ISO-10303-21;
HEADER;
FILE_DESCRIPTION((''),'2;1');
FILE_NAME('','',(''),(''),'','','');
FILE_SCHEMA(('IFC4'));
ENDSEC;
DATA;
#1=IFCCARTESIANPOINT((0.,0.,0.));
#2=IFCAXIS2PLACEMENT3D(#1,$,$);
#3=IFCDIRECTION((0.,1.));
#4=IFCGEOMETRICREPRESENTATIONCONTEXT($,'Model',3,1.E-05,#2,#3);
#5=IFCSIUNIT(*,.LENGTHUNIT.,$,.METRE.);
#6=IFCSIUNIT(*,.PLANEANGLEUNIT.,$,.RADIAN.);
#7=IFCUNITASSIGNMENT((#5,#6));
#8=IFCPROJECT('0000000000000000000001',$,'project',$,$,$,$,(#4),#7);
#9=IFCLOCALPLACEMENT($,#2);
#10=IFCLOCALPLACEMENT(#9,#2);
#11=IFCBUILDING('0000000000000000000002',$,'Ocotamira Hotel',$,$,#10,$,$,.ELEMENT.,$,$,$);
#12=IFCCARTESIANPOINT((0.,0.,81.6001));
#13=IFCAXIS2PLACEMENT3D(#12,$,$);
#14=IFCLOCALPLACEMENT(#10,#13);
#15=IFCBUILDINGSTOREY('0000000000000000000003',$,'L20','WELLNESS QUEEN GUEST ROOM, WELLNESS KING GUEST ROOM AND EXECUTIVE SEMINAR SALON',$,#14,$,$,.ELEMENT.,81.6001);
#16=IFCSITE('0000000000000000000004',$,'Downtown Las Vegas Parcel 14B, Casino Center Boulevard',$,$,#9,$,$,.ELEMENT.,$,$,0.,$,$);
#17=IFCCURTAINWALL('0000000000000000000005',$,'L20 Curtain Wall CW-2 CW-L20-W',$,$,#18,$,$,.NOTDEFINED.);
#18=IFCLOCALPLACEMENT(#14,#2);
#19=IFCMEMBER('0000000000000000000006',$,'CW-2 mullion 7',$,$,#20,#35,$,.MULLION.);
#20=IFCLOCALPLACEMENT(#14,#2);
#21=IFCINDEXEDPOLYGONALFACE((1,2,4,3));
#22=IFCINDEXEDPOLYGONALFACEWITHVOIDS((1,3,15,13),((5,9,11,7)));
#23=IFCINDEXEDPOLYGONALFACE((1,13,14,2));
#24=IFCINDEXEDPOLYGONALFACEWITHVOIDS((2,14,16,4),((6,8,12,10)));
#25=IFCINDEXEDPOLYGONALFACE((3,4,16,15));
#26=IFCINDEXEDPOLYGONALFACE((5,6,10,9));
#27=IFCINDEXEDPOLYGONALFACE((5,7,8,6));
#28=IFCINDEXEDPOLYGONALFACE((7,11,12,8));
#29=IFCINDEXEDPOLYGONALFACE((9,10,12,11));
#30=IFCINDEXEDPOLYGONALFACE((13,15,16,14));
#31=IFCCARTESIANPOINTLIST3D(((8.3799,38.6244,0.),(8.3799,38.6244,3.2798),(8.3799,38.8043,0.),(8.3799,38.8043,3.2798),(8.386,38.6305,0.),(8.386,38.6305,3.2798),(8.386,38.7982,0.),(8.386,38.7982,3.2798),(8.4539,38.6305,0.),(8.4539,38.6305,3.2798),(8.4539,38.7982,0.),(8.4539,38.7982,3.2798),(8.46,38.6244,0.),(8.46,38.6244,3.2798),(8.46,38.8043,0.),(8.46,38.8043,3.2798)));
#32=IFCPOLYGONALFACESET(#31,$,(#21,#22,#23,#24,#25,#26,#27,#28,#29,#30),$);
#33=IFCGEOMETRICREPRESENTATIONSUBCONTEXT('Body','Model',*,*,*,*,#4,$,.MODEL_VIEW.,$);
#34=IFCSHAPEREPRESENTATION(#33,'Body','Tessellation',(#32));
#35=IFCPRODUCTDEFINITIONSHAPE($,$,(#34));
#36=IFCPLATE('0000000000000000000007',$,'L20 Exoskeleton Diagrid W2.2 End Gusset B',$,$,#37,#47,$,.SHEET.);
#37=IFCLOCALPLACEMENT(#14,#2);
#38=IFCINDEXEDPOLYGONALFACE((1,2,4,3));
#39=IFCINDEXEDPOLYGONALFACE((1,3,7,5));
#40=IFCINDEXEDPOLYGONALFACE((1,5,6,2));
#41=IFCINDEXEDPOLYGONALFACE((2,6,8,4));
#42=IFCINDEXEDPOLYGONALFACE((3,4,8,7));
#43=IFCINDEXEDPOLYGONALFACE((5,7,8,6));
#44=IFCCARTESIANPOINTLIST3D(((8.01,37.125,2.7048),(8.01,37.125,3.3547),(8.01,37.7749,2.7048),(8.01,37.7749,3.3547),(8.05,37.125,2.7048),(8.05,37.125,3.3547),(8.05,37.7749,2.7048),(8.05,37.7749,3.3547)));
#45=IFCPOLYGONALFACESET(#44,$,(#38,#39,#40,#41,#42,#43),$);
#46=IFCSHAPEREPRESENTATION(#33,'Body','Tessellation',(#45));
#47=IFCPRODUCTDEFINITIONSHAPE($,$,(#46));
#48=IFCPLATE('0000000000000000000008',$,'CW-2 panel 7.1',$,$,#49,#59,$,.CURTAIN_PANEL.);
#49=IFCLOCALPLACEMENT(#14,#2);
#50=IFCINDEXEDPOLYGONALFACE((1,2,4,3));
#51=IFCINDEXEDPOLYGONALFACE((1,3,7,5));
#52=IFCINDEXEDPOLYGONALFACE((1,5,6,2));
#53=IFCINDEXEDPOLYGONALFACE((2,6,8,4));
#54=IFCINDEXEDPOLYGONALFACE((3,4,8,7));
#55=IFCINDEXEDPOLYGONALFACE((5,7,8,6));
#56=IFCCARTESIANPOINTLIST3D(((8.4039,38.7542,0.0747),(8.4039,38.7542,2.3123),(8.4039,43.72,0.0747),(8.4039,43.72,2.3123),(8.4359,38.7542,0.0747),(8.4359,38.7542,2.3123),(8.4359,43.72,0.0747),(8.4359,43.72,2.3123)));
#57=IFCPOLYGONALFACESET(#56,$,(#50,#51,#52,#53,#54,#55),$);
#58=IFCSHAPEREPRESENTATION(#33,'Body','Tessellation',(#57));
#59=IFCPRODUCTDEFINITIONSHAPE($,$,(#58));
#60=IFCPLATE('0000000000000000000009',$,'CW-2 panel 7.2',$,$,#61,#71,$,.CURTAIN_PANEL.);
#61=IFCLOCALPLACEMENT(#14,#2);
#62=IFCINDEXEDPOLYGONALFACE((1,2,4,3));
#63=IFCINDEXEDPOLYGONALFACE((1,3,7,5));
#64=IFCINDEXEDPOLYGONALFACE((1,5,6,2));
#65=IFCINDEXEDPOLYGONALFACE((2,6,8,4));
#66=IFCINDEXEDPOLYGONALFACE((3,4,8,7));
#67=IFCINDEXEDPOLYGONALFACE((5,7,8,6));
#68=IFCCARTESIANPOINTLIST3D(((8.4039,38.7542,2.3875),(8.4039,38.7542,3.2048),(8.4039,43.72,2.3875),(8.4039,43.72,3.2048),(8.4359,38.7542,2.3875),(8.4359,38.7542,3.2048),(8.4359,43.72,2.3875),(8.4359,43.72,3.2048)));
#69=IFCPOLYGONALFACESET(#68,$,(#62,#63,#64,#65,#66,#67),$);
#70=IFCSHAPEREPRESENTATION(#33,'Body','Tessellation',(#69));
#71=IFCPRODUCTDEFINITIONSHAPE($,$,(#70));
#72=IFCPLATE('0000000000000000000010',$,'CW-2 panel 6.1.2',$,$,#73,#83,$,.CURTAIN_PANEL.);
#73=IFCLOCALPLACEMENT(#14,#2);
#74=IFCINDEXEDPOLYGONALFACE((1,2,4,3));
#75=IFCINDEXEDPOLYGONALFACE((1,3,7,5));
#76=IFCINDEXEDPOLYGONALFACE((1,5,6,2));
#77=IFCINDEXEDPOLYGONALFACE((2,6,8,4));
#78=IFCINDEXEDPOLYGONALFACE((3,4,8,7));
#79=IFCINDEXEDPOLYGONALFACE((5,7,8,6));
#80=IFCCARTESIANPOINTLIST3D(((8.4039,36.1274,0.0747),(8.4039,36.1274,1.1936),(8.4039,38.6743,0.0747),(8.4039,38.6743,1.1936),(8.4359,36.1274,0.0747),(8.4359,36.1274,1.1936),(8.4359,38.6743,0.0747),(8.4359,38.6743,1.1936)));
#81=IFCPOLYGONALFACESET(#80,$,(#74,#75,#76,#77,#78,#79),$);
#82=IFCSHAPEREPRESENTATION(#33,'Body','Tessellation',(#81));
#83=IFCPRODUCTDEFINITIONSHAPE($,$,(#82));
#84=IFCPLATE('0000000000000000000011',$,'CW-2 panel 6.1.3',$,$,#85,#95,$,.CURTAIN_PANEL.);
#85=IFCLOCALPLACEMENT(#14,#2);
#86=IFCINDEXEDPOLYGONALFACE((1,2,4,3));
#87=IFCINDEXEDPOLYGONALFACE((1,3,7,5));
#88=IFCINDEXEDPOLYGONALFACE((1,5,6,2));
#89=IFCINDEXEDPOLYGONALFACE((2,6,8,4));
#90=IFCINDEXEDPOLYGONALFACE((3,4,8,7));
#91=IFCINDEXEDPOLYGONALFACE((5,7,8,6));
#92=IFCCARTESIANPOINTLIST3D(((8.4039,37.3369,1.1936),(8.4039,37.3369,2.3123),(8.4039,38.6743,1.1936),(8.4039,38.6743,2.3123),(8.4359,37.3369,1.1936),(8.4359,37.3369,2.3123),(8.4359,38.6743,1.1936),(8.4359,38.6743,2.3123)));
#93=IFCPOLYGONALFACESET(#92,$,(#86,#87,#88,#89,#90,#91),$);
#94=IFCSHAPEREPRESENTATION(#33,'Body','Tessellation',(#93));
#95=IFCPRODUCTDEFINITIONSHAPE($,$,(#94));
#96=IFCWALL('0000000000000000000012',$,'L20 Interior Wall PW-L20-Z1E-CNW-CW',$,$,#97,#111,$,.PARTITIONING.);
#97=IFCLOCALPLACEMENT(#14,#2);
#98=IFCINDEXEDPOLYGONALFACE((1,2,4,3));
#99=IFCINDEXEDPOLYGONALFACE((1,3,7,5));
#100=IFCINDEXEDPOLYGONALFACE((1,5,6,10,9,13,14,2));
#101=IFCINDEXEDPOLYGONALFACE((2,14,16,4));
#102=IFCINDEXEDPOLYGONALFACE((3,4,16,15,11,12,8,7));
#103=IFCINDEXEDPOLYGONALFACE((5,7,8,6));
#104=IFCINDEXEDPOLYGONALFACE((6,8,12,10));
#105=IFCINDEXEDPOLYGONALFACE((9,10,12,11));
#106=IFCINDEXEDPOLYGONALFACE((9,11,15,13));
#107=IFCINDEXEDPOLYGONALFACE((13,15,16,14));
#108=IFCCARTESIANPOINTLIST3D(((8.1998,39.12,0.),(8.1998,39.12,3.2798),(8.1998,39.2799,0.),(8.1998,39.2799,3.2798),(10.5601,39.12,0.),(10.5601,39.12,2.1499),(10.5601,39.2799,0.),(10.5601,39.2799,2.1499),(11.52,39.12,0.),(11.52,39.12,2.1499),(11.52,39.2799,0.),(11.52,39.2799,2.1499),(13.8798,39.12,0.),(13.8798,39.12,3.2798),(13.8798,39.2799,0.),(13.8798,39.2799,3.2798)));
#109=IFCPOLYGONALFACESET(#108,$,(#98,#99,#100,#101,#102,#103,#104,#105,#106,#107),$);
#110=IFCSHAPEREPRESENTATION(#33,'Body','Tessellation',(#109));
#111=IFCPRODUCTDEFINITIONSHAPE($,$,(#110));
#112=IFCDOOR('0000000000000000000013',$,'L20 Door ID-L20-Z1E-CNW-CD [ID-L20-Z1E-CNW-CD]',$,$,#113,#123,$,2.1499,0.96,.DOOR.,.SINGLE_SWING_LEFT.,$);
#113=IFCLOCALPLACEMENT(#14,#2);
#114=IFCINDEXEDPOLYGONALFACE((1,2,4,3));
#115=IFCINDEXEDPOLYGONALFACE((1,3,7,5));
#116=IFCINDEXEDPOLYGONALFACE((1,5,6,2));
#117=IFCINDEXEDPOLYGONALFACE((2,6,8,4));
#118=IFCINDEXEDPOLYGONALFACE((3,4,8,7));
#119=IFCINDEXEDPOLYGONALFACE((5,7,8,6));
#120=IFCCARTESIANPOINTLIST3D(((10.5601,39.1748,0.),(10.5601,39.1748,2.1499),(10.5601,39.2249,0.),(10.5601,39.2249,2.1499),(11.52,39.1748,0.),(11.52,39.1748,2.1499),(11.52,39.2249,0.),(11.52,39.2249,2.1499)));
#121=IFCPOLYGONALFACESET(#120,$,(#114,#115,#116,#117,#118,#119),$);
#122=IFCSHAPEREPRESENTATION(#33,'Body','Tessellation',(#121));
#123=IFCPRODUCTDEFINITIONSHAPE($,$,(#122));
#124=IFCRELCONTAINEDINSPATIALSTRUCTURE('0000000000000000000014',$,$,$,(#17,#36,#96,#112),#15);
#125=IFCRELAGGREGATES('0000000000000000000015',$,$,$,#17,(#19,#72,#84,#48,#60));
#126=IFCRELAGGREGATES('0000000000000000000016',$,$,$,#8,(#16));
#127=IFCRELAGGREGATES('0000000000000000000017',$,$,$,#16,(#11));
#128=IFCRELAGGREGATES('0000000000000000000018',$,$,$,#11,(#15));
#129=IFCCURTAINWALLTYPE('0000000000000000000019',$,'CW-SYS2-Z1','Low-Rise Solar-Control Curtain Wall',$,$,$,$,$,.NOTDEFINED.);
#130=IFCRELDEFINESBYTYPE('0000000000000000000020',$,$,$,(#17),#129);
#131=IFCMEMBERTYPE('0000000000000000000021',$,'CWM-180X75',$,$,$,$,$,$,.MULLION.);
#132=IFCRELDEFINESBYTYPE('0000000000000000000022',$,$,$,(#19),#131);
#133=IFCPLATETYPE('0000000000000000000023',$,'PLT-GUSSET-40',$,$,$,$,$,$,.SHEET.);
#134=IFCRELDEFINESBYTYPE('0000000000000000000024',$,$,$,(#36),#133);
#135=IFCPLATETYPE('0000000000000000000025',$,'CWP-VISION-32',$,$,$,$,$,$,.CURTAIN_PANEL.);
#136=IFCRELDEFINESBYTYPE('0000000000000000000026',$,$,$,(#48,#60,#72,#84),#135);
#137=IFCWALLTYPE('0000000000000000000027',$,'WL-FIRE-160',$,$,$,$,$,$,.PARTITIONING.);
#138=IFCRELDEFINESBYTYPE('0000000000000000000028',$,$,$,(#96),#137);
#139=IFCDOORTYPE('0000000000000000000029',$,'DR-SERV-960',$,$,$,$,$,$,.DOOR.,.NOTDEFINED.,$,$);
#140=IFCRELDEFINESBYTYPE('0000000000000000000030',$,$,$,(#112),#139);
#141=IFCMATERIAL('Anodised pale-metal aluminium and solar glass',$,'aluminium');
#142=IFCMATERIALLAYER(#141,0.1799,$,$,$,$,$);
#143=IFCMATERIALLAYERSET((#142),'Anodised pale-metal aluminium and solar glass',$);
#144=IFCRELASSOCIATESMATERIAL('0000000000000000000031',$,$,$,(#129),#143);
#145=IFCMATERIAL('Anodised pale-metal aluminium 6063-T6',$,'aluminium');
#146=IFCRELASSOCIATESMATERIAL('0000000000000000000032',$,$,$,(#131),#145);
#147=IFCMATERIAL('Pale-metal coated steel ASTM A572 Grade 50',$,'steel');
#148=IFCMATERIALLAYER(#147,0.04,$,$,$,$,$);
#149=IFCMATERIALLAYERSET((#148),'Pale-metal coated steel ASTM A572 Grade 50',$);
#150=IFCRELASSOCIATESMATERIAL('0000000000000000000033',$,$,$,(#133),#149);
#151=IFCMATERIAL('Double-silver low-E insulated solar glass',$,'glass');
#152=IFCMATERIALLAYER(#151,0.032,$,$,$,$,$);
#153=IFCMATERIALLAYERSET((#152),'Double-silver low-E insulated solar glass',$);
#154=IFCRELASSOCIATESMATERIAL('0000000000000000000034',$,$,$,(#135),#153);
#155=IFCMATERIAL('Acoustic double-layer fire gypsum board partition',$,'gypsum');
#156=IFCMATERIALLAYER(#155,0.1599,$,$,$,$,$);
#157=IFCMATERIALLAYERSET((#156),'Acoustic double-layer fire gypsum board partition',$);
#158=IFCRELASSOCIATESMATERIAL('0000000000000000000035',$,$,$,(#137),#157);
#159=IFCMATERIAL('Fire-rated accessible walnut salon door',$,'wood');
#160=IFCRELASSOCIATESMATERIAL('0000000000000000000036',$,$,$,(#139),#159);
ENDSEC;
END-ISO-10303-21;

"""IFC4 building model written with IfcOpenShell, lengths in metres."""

from ifc_helpers import new_model, si_unit, direction, frame, frame_2d, origin, origin_2d, place, context, subcontext, project, spatial, rectangle, hollow_rectangle, extrude, source, transform, mapped, material, layer, layer_set, material_profile, profile_set, type_object, element, fill, aggregate, save


model = new_model("IFC4")

# Units and contexts
model_context = context("Model", 3, precision=1e-05, world=origin(), true_north=direction((0.0, 1.0)))
body_context = subcontext(model_context, "Body", "Model", "MODEL_VIEW")
ifc_project = project(units=[si_unit("LENGTHUNIT", "METRE"), si_unit("PLANEANGLEUNIT", "RADIAN")], contexts=[model_context])

# Site, building, storey
site_placement = place(None, origin())
site = spatial("IfcSite", under=ifc_project, at=site_placement, Name="Downtown Las Vegas Parcel 14B, Casino Center Boulevard", CompositionType="ELEMENT", RefElevation=0.0)
building_placement = place(site_placement, origin())
building = spatial("IfcBuilding", under=site, at=building_placement, Name="Ocotamira Hotel", CompositionType="ELEMENT")
storey_placement = place(building_placement, frame((0.0, 0.0, 81.6001)))
storey = spatial("IfcBuildingStorey", under=building, at=storey_placement, Name="L20", Description="WELLNESS QUEEN GUEST ROOM, WELLNESS KING GUEST ROOM AND EXECUTIVE SEMINAR SALON", CompositionType="ELEMENT", Elevation=81.6001)

# Curtain wall, member
ifc_material_1 = material(Name="Anodised pale-metal aluminium and solar glass", Category="aluminium")
ifc_layer_1 = layer(ifc_material_1, 0.1799)
ifc_layer_set_1 = layer_set([ifc_layer_1], Name="Anodised pale-metal aluminium and solar glass")
curtain_wall_type = type_object("IfcCurtainWallType", Name="CW-SYS2-Z1", Description="Low-Rise Solar-Control Curtain Wall", PredefinedType="NOTDEFINED", material=ifc_layer_set_1)
curtain_wall_placement = place(storey_placement, origin())
curtain_wall = element("IfcCurtainWall", 1, at=curtain_wall_placement, inside=storey, type_object=curtain_wall_type, Name="L20 Curtain Wall CW-2 CW-L20-W", PredefinedType="NOTDEFINED")
ifc_material_2 = material(Name="Anodised pale-metal aluminium 6063-T6", Category="aluminium")
ifc_material_profile_1 = material_profile(ifc_material_2, hollow_rectangle(XDim=0.0801, YDim=0.1799, WallThickness=0.0061, at=origin_2d()), Name="HSS180X80X6")
ifc_profile_set_1 = profile_set([ifc_material_profile_1], Name="Anodised pale-metal aluminium 6063-T6")
member_type_1 = type_object("IfcMemberType", Name="CWM-180X75", PredefinedType="MULLION", material=ifc_profile_set_1)
shared_shape_1 = source(origin(), body_context, "Body", "SweptSolid", [
    extrude(hollow_rectangle(XDim=0.0801, YDim=0.1799, WallThickness=0.0061, at=origin_2d()), origin(), (0.0, 0.0, 1.0), 3.2798),
])
member_1_placement = place(storey_placement, frame((8.4199, 38.7144, 0.0), z_axis=(0.0, 0.0, 1.0), x_axis=(-1.0, 0.0, 0.0)))
member_1 = element("IfcMember", 2, at=member_1_placement, type_object=member_type_1, Name="CW-2 mullion 7", PredefinedType="MULLION", context=body_context, shape_type="MappedRepresentation", body=[
    mapped(shared_shape_1, transform((0.0, 0.0, 0.0), scale=1.0)),
])

# Plates
ifc_material_3 = material(Name="Pale-metal coated steel ASTM A572 Grade 50", Category="steel")
ifc_layer_2 = layer(ifc_material_3, 0.04)
ifc_layer_set_2 = layer_set([ifc_layer_2], Name="Pale-metal coated steel ASTM A572 Grade 50")
plate_type_1 = type_object("IfcPlateType", Name="PLT-GUSSET-40", PredefinedType="SHEET", material=ifc_layer_set_2)
shared_shape_2 = source(origin(), body_context, "Body", "SweptSolid", [
    extrude(rectangle(XDim=0.04, YDim=0.6499, at=origin_2d()), origin(), (0.0, 0.0, 1.0), 0.6499),
])
plate_1_placement = place(storey_placement, frame((8.03, 37.45, 2.7048), z_axis=(0.0, 0.0, 1.0), x_axis=(1.0, 0.0, 0.0)))
element("IfcPlate", 3, at=plate_1_placement, inside=storey, type_object=plate_type_1, Name="L20 Exoskeleton Diagrid W2.2 End Gusset B", PredefinedType="SHEET", context=body_context, shape_type="MappedRepresentation", body=[
    mapped(shared_shape_2, transform((0.0, 0.0, 0.0), scale=1.0)),
])
ifc_material_4 = material(Name="Double-silver low-E insulated solar glass", Category="glass")
ifc_layer_3 = layer(ifc_material_4, 0.032)
ifc_layer_set_3 = layer_set([ifc_layer_3], Name="Double-silver low-E insulated solar glass")
plate_type_2 = type_object("IfcPlateType", Name="CWP-VISION-32", PredefinedType="CURTAIN_PANEL", material=ifc_layer_set_3)
shared_shape_3 = source(origin(), body_context, "Body", "SweptSolid", [
    extrude(rectangle(XDim=4.9658, YDim=0.032, at=origin_2d()), origin(), (0.0, 0.0, 1.0), 2.2375),
])
plate_2_placement = place(storey_placement, frame((8.4199, 41.2371, 0.0747), z_axis=(0.0, 0.0, 1.0), x_axis=(0.0, 1.0, 0.0)))
plate_2 = element("IfcPlate", 4, at=plate_2_placement, type_object=plate_type_2, Name="CW-2 panel 7.1", PredefinedType="CURTAIN_PANEL", context=body_context, shape_type="MappedRepresentation", body=[
    mapped(shared_shape_3, transform((0.0, 0.0, 0.0), scale=1.0)),
])
shared_shape_4 = source(origin(), body_context, "Body", "SweptSolid", [
    extrude(rectangle(XDim=4.9658, YDim=0.032, at=origin_2d()), origin(), (0.0, 0.0, 1.0), 0.8174),
])
plate_3_placement = place(storey_placement, frame((8.4199, 41.2371, 2.3875), z_axis=(0.0, 0.0, 1.0), x_axis=(0.0, 1.0, 0.0)))
plate_3 = element("IfcPlate", 5, at=plate_3_placement, type_object=plate_type_2, Name="CW-2 panel 7.2", PredefinedType="CURTAIN_PANEL", context=body_context, shape_type="MappedRepresentation", body=[
    mapped(shared_shape_4, transform((0.0, 0.0, 0.0), scale=1.0)),
])
shared_shape_5 = source(origin(), body_context, "Body", "SweptSolid", [
    extrude(rectangle(XDim=2.5469, YDim=0.032, at=origin_2d()), origin(), (0.0, 0.0, 1.0), 1.1189),
])
plate_4_placement = place(storey_placement, frame((8.4199, 37.4009, 0.0747), z_axis=(0.0, 0.0, 1.0), x_axis=(0.0, 1.0, 0.0)))
plate_4 = element("IfcPlate", 6, at=plate_4_placement, type_object=plate_type_2, Name="CW-2 panel 6.1.2", PredefinedType="CURTAIN_PANEL", context=body_context, shape_type="MappedRepresentation", body=[
    mapped(shared_shape_5, transform((0.0, 0.0, 0.0), scale=1.0)),
])
shared_shape_6 = source(origin(), body_context, "Body", "SweptSolid", [
    extrude(rectangle(XDim=1.3374, YDim=0.032, at=origin_2d()), origin(), (0.0, 0.0, 1.0), 1.1187),
])
plate_5_placement = place(storey_placement, frame((8.4199, 38.0056, 1.1936), z_axis=(0.0, 0.0, 1.0), x_axis=(0.0, 1.0, 0.0)))
plate_5 = element("IfcPlate", 7, at=plate_5_placement, type_object=plate_type_2, Name="CW-2 panel 6.1.3", PredefinedType="CURTAIN_PANEL", context=body_context, shape_type="MappedRepresentation", body=[
    mapped(shared_shape_6, transform((0.0, 0.0, 0.0), scale=1.0)),
])
aggregate(curtain_wall, [member_1, plate_4, plate_5, plate_2, plate_3])

# Wall, opening, door
ifc_material_5 = material(Name="Acoustic double-layer fire gypsum board partition", Category="gypsum")
ifc_layer_4 = layer(ifc_material_5, 0.1599)
ifc_layer_set_4 = layer_set([ifc_layer_4], Name="Acoustic double-layer fire gypsum board partition")
wall_type_1 = type_object("IfcWallType", Name="WL-FIRE-160", PredefinedType="PARTITIONING", material=ifc_layer_set_4)
wall_1_placement = place(storey_placement, frame((8.2, 39.2, 0.0), z_axis=(0.0, 0.0, 1.0), x_axis=(1.0, 0.0, 0.0)))
wall_1 = element("IfcWall", 8, at=wall_1_placement, inside=storey, type_object=wall_type_1, Name="L20 Interior Wall PW-L20-Z1E-CNW-CW", PredefinedType="PARTITIONING", context=body_context, shape_type="SweptSolid", body=[
    extrude(rectangle(XDim=5.6799, YDim=0.1599, at=frame_2d((2.8398, 0.0))), origin(), (0.0, 0.0, 1.0), 3.2798),
])
opening_1_placement = place(wall_1_placement, frame((2.3601, 0.0, 0.0)))
opening_1 = element("IfcOpeningElement", 9, at=opening_1_placement, cuts=wall_1, PredefinedType="OPENING", context=body_context, shape_type="SweptSolid", body=[
    extrude(rectangle(XDim=0.96, YDim=2.1499, at=frame_2d((0.48, 1.075))), frame((0.0, 0.0898, 0.0), z_axis=(0.0, -1.0, 0.0), x_axis=(1.0, 0.0, 0.0)), (0.0, 0.0, 1.0), 0.1799),
])
ifc_material_6 = material(Name="Fire-rated accessible walnut salon door", Category="wood")
door_type_1 = type_object("IfcDoorType", Name="DR-SERV-960", OperationType="NOTDEFINED", PredefinedType="DOOR", material=ifc_material_6)
shared_shape_7 = source(origin(), body_context, "Body", "SweptSolid", [
    extrude(rectangle(XDim=0.96, YDim=2.1499, at=frame_2d((0.48, 1.075))), frame((0.0, 0.0249, 0.0), z_axis=(0.0, -1.0, 0.0), x_axis=(1.0, 0.0, 0.0)), (0.0, 0.0, 1.0), 0.05),
])
door_1_placement = place(opening_1_placement, origin())
door_1 = element("IfcDoor", 10, at=door_1_placement, inside=storey, type_object=door_type_1, Name="L20 Door ID-L20-Z1E-CNW-CD [ID-L20-Z1E-CNW-CD]", OperationType="SINGLE_SWING_LEFT", OverallHeight=2.1499, OverallWidth=0.96, PredefinedType="DOOR", context=body_context, shape_type="MappedRepresentation", body=[
    mapped(shared_shape_7, transform((0.0, 0.0, 0.0), scale=1.0)),
])
fill(opening_1, door_1)

save(model, "model.ifc")
